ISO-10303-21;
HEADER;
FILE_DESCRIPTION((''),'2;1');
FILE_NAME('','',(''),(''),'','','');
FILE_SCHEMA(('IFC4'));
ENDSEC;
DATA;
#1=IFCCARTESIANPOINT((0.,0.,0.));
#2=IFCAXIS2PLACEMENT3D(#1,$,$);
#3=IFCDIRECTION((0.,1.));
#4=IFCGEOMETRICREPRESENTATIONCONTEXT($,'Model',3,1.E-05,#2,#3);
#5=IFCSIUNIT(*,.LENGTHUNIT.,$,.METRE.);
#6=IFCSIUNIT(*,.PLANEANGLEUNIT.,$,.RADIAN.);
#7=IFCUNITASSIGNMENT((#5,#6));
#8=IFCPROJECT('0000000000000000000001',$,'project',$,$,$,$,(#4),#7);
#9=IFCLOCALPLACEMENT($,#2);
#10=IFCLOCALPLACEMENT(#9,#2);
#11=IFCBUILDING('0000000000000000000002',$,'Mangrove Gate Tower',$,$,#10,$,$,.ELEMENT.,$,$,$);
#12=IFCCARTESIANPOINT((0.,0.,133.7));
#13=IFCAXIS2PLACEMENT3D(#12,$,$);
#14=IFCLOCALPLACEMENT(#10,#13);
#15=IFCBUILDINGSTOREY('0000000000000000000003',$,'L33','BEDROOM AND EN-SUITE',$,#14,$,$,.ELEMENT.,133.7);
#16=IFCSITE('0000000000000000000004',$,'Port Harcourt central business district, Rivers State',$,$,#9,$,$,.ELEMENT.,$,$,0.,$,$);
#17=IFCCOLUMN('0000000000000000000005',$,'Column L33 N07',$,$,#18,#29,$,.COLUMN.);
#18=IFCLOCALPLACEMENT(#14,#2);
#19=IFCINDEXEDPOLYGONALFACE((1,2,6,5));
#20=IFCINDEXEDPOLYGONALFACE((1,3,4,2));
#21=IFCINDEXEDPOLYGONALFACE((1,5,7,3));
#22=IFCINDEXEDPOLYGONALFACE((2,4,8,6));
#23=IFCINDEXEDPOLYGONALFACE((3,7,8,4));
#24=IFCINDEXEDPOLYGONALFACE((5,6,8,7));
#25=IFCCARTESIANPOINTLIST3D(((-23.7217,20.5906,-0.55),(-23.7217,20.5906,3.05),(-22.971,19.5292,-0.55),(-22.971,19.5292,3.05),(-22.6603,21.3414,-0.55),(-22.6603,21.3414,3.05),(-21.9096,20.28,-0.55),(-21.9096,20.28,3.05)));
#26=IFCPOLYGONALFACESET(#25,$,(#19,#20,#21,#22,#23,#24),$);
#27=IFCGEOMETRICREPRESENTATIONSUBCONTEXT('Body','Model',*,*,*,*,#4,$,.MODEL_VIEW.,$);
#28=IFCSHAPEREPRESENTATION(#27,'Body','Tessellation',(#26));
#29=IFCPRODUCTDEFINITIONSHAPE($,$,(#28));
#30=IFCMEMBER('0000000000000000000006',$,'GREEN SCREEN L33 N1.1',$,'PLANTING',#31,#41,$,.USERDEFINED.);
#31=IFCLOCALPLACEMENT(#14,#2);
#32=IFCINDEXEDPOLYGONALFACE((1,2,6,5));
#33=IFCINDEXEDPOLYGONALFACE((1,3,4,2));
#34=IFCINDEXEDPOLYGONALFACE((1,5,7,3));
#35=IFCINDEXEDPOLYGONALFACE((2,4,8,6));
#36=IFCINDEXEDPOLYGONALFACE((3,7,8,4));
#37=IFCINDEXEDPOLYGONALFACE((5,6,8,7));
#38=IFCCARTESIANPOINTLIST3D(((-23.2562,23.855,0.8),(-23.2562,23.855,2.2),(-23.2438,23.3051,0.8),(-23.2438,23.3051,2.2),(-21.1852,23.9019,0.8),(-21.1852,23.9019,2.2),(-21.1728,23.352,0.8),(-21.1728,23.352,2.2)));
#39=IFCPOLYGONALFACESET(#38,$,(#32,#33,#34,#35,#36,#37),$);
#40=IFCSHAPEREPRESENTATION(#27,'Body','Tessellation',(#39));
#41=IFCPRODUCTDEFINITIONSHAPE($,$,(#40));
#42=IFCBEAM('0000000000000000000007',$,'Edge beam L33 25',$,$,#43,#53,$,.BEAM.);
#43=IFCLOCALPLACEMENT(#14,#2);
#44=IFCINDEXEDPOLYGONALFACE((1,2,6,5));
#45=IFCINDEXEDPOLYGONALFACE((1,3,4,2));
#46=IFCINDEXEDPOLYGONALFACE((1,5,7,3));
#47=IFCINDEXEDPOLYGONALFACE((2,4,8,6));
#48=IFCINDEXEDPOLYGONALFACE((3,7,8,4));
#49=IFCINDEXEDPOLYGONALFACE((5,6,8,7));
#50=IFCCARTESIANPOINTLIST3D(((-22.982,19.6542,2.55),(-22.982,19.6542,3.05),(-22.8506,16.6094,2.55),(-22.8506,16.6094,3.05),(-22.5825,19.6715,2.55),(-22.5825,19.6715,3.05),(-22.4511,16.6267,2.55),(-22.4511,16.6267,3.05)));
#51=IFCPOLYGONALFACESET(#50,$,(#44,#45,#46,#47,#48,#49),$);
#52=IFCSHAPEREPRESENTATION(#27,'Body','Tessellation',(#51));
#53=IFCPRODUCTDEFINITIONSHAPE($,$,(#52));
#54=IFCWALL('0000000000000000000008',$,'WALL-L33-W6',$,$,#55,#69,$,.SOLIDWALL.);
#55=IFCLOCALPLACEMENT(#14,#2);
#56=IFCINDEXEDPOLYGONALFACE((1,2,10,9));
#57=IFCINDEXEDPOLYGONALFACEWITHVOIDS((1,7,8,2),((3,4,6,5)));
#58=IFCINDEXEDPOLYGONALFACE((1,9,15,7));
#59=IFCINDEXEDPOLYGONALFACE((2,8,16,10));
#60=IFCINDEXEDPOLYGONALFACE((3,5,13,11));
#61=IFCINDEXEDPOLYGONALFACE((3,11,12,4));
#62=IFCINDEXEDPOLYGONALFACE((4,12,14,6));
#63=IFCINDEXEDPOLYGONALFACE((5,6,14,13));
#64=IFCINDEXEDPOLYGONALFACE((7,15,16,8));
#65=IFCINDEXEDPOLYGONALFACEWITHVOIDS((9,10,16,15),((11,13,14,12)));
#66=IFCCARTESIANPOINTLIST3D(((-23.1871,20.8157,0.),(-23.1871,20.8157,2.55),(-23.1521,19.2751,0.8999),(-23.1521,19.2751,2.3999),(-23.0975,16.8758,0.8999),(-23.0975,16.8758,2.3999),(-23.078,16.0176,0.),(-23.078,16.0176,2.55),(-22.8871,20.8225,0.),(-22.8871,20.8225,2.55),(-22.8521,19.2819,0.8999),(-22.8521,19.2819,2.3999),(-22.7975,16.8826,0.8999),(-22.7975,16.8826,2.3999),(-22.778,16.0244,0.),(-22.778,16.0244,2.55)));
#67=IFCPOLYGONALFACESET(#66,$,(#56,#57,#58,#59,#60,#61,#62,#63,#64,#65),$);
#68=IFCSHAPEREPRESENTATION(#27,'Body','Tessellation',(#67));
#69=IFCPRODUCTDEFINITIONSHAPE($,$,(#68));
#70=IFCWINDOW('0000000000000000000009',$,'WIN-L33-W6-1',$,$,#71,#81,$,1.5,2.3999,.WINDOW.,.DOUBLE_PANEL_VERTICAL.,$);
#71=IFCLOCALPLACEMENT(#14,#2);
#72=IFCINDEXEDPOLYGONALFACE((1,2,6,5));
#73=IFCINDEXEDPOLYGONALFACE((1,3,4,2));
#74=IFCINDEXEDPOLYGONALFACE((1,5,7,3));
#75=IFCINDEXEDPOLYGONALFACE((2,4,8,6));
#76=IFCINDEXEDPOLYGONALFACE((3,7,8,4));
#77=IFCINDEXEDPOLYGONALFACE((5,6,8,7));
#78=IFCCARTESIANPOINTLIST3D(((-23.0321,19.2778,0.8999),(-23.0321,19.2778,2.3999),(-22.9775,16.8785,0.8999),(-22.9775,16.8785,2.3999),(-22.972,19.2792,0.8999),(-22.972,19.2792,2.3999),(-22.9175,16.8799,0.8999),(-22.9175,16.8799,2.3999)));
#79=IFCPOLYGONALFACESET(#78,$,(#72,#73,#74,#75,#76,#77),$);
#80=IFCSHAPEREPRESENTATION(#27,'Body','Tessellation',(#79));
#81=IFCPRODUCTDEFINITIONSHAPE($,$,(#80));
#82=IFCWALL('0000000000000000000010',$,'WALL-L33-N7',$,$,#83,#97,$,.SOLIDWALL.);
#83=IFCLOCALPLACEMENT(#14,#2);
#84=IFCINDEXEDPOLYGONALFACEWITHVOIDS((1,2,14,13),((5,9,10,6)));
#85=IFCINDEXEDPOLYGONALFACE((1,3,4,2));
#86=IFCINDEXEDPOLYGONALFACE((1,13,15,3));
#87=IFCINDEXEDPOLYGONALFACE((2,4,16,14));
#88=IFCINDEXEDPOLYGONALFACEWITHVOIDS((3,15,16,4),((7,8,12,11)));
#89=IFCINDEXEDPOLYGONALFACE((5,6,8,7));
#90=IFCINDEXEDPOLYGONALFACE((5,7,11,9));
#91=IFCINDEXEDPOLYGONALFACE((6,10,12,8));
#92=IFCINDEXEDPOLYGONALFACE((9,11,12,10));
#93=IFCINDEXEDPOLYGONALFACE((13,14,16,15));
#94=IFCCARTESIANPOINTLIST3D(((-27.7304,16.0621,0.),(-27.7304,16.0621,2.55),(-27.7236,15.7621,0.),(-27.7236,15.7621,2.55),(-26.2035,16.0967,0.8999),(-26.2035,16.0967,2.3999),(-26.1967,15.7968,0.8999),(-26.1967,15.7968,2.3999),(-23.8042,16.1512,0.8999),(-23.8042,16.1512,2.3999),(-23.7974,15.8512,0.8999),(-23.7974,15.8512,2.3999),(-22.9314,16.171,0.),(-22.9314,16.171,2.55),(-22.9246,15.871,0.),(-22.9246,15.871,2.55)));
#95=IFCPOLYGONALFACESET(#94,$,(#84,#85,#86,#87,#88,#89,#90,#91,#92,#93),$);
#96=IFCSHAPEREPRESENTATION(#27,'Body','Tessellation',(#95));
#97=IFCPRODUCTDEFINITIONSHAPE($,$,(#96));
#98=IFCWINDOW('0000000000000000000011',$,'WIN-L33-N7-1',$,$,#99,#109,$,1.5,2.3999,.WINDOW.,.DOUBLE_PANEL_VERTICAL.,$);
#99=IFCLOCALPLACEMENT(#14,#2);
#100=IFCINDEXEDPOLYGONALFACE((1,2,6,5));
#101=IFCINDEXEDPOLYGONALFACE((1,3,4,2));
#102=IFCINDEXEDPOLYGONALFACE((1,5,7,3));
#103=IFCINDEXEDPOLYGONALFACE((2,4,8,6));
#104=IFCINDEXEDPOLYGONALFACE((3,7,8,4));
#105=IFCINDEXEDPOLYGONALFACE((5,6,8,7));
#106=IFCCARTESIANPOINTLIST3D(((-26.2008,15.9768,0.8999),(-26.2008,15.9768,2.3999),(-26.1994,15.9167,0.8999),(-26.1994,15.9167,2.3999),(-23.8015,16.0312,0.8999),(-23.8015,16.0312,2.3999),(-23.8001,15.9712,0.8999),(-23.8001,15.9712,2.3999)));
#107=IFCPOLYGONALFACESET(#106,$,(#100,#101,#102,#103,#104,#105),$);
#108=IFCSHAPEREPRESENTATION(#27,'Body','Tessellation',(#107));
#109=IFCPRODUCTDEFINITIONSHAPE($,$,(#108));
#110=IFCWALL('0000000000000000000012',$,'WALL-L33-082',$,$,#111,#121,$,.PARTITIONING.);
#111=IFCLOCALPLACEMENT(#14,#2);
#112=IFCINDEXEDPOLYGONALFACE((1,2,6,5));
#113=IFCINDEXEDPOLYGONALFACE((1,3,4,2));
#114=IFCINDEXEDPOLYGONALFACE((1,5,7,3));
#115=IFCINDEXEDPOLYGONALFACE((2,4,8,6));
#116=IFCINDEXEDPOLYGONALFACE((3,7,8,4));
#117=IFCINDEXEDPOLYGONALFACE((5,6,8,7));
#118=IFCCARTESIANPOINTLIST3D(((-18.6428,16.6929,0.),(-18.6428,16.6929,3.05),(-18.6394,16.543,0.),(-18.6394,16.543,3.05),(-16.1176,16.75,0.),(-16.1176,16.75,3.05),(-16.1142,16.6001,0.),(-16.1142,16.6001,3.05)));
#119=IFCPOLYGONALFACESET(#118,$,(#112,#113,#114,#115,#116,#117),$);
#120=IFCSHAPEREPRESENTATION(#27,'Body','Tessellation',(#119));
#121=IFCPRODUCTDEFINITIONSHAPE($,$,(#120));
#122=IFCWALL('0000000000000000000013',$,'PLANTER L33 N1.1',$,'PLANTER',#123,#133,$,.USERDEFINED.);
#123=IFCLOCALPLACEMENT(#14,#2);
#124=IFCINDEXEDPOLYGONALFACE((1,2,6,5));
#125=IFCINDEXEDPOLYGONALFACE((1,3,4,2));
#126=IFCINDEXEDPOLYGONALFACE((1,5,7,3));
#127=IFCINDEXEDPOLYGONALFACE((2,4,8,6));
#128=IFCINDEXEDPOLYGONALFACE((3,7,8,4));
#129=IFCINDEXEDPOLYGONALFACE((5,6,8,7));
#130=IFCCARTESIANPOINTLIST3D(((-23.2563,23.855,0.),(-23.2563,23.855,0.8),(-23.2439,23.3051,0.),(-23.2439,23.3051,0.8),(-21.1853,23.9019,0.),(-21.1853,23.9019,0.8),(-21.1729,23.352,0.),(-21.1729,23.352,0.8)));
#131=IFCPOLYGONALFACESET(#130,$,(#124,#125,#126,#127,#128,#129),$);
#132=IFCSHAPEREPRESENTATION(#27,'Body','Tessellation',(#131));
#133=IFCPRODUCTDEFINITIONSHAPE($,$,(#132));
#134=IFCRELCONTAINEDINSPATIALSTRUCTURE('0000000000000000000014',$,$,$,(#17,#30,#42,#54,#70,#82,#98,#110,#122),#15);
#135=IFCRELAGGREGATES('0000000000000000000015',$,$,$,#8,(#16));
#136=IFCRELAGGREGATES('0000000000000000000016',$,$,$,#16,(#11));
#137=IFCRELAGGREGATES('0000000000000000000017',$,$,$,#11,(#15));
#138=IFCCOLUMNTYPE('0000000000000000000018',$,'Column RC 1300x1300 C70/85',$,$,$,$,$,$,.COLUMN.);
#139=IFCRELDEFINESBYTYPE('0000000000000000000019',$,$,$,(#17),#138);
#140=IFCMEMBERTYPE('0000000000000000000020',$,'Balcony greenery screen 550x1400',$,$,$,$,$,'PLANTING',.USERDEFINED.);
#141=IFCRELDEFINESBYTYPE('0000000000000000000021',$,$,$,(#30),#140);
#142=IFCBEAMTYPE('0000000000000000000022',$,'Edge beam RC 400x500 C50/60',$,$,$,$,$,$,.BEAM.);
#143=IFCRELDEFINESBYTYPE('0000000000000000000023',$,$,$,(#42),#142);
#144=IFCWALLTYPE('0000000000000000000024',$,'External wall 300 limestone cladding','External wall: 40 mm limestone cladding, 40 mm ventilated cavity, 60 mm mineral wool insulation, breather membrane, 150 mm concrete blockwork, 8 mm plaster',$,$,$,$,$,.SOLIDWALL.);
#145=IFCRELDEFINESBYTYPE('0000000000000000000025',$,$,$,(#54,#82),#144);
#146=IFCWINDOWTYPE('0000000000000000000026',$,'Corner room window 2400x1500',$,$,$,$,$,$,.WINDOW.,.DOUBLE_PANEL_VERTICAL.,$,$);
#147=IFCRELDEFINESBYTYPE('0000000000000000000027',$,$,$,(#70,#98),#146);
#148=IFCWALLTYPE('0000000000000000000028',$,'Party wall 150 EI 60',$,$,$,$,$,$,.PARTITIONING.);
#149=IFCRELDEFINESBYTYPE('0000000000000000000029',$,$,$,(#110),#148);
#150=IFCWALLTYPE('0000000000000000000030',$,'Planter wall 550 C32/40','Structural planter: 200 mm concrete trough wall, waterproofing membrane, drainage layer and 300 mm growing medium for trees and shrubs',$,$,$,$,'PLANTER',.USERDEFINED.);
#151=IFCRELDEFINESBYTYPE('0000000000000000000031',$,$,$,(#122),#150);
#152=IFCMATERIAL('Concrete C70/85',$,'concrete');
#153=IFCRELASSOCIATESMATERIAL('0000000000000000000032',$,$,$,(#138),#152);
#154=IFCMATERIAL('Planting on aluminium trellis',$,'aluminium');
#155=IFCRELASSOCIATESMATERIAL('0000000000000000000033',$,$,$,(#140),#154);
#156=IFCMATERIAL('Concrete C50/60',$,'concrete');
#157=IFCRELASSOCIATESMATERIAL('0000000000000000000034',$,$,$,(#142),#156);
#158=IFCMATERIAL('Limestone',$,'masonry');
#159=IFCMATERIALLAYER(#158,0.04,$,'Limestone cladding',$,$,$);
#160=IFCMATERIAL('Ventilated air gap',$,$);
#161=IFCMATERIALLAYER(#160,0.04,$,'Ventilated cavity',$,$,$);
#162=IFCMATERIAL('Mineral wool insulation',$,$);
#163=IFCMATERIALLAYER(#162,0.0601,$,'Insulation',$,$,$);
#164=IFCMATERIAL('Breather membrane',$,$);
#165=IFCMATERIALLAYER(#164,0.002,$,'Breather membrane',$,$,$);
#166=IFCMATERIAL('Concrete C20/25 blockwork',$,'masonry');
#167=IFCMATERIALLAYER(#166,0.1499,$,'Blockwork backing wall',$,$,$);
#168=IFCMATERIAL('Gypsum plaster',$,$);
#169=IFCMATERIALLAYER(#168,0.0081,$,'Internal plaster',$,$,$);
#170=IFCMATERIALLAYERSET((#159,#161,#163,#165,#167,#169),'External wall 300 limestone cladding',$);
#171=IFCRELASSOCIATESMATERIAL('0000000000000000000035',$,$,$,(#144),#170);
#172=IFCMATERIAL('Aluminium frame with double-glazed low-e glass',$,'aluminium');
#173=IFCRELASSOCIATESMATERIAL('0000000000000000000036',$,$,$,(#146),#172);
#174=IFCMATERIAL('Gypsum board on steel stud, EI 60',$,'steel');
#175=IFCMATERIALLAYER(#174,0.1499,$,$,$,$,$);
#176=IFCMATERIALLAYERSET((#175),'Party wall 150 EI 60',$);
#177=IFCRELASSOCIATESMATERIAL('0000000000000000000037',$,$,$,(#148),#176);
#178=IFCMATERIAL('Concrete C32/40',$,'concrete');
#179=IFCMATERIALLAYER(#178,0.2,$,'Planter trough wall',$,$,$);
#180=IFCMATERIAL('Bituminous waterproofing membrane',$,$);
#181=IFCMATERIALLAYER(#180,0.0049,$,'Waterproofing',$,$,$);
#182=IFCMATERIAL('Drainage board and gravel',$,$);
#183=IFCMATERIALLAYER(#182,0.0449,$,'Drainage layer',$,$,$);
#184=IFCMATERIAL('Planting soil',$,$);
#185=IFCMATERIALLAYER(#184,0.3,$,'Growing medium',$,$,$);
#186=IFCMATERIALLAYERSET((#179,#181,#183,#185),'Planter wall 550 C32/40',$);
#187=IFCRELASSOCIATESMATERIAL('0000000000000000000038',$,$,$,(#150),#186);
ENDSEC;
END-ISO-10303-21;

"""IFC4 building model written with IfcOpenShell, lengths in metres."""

from ifc_helpers import new_model, si_unit, direction, frame, frame_2d, origin, origin_2d, place, context, subcontext, project, spatial, rectangle, extrude, material, layer, layer_set, material_profile, profile_set, type_object, element, fill, save


model = new_model("IFC4")

# Units and contexts
model_context = context("Model", 3, precision=1e-05, world=origin(), true_north=direction((0.0, 1.0)))
body_context = subcontext(model_context, "Body", "Model", "MODEL_VIEW")
ifc_project = project(units=[si_unit("LENGTHUNIT", "METRE"), si_unit("PLANEANGLEUNIT", "RADIAN")], contexts=[model_context])

# Site, building, storey
site_placement = place(None, origin())
site = spatial("IfcSite", under=ifc_project, at=site_placement, Name="Port Harcourt central business district, Rivers State", CompositionType="ELEMENT", RefElevation=0.0)
building_placement = place(site_placement, origin())
building = spatial("IfcBuilding", under=site, at=building_placement, Name="Mangrove Gate Tower", CompositionType="ELEMENT")
storey_placement = place(building_placement, frame((0.0, 0.0, 133.7)))
storey = spatial("IfcBuildingStorey", under=building, at=storey_placement, Name="L33", Description="BEDROOM AND EN-SUITE", CompositionType="ELEMENT", Elevation=133.7)

# Column
ifc_material_1 = material(Name="Concrete C70/85", Category="concrete")
ifc_material_profile_1 = material_profile(ifc_material_1, rectangle(XDim=1.3, YDim=1.3, at=origin_2d()))
ifc_profile_set_1 = profile_set([ifc_material_profile_1], Name="Concrete C70/85")
column_type = type_object("IfcColumnType", Name="Column RC 1300x1300 C70/85", PredefinedType="COLUMN", material=ifc_profile_set_1)
column_placement = place(storey_placement, frame((-22.8157, 20.4353, -0.55), z_axis=(0.0, 0.0, 1.0), x_axis=(-0.816422, -0.577455, 0.0)))
element("IfcColumn", 1, at=column_placement, inside=storey, type_object=column_type, Name="Column L33 N07", PredefinedType="COLUMN", context=body_context, shape_type="SweptSolid", body=[
    extrude(rectangle(XDim=1.3, YDim=1.3, at=origin_2d()), origin(), (0.0, 0.0, 1.0), 3.6001),
])

# Member
ifc_material_2 = material(Name="Planting on aluminium trellis", Category="aluminium")
ifc_material_profile_2 = material_profile(ifc_material_2, rectangle(XDim=0.55, YDim=1.3999, at=origin_2d()))
ifc_profile_set_2 = profile_set([ifc_material_profile_2], Name="Planting on aluminium trellis")
member_type = type_object("IfcMemberType", Name="Balcony greenery screen 550x1400", ElementType="PLANTING", PredefinedType="USERDEFINED", material=ifc_profile_set_2)
member_placement = place(storey_placement, frame((-23.25, 23.5801, 1.5), z_axis=(0.999744, 0.022628, 0.0), x_axis=(-0.022628, 0.999744, 0.0)))
element("IfcMember", 2, at=member_placement, inside=storey, type_object=member_type, Name="GREEN SCREEN L33 N1.1", ObjectType="PLANTING", PredefinedType="USERDEFINED", context=body_context, shape_type="SweptSolid", body=[
    extrude(rectangle(XDim=0.55, YDim=1.3999, at=origin_2d()), origin(), (0.0, 0.0, 1.0), 2.0715),
])

# Beam
ifc_material_3 = material(Name="Concrete C50/60", Category="concrete")
ifc_material_profile_3 = material_profile(ifc_material_3, rectangle(XDim=0.3999, YDim=0.5, at=origin_2d()))
ifc_profile_set_3 = profile_set([ifc_material_profile_3], Name="Concrete C50/60")
beam_type = type_object("IfcBeamType", Name="Edge beam RC 400x500 C50/60", PredefinedType="BEAM", material=ifc_profile_set_3)
beam_placement = place(storey_placement, frame((-22.7822, 19.6628, 2.8), z_axis=(0.0431, -0.999071, 0.0), x_axis=(0.999071, 0.0431, 0.0)))
element("IfcBeam", 3, at=beam_placement, inside=storey, type_object=beam_type, Name="Edge beam L33 25", PredefinedType="BEAM", context=body_context, shape_type="SweptSolid", body=[
    extrude(rectangle(XDim=0.3999, YDim=0.5, at=origin_2d()), origin(), (0.0, 0.0, 1.0), 3.0476),
])

# Walls, openings, windows
ifc_material_4 = material(Name="Limestone", Category="masonry")
ifc_layer_1 = layer(ifc_material_4, 0.04, Name="Limestone cladding")
ifc_material_5 = material(Name="Ventilated air gap")
ifc_layer_2 = layer(ifc_material_5, 0.04, Name="Ventilated cavity")
ifc_material_6 = material(Name="Mineral wool insulation")
ifc_layer_3 = layer(ifc_material_6, 0.0601, Name="Insulation")
ifc_material_7 = material(Name="Breather membrane")
ifc_layer_4 = layer(ifc_material_7, 0.002, Name="Breather membrane")
ifc_material_8 = material(Name="Concrete C20/25 blockwork", Category="masonry")
ifc_layer_5 = layer(ifc_material_8, 0.1499, Name="Blockwork backing wall")
ifc_material_9 = material(Name="Gypsum plaster")
ifc_layer_6 = layer(ifc_material_9, 0.0081, Name="Internal plaster")
ifc_layer_set_1 = layer_set([ifc_layer_1, ifc_layer_2, ifc_layer_3, ifc_layer_4, ifc_layer_5, ifc_layer_6], Name="External wall 300 limestone cladding")
wall_type_1 = type_object("IfcWallType", Name="External wall 300 limestone cladding", Description="External wall: 40 mm limestone cladding, 40 mm ventilated cavity, 60 mm mineral wool insulation, breather membrane, 150 mm concrete blockwork, 8 mm plaster", PredefinedType="SOLIDWALL", material=ifc_layer_set_1)
wall_1_placement = place(storey_placement, frame((-23.0371, 20.8191, 0.0), z_axis=(0.0, 0.0, 1.0), x_axis=(0.022739, -0.999741, 0.0)))
wall_1 = element("IfcWall", 4, at=wall_1_placement, inside=storey, type_object=wall_type_1, Name="WALL-L33-W6", PredefinedType="SOLIDWALL", context=body_context, shape_type="SweptSolid", body=[
    extrude(rectangle(XDim=4.7993, YDim=0.3, at=frame_2d((2.3997, 0.0))), origin(), (0.0, 0.0, 1.0), 2.55),
])
opening_1_placement = place(wall_1_placement, frame((1.541, 0.0, 0.8999)))
opening_1 = element("IfcOpeningElement", 5, at=opening_1_placement, cuts=wall_1, PredefinedType="OPENING", context=body_context, shape_type="SweptSolid", body=[
    extrude(rectangle(XDim=2.3999, YDim=1.5, at=frame_2d((1.2, 0.75))), frame((0.0, 0.1599, 0.0), z_axis=(0.0, -1.0, 0.0), x_axis=(1.0, 0.0, 0.0)), (0.0, 0.0, 1.0), 0.3201),
])
ifc_material_10 = material(Name="Aluminium frame with double-glazed low-e glass", Category="aluminium")
window_type_1 = type_object("IfcWindowType", Name="Corner room window 2400x1500", PartitioningType="DOUBLE_PANEL_VERTICAL", PredefinedType="WINDOW", material=ifc_material_10)
window_1_placement = place(opening_1_placement, origin())
window_1 = element("IfcWindow", 6, at=window_1_placement, inside=storey, type_object=window_type_1, Name="WIN-L33-W6-1", OverallHeight=1.5, OverallWidth=2.3999, PartitioningType="DOUBLE_PANEL_VERTICAL", PredefinedType="WINDOW", context=body_context, shape_type="SweptSolid", body=[
    extrude(rectangle(XDim=2.3999, YDim=1.5, at=frame_2d((1.2, 0.75))), frame((0.0, 0.03, 0.0), z_axis=(0.0, -1.0, 0.0), x_axis=(1.0, 0.0, 0.0)), (0.0, 0.0, 1.0), 0.0601),
])
fill(opening_1, window_1)
wall_2_placement = place(storey_placement, frame((-22.928, 16.021, 0.0), z_axis=(0.0, 0.0, 1.0), x_axis=(-0.999743, -0.022683, 0.0)))
wall_2 = element("IfcWall", 7, at=wall_2_placement, inside=storey, type_object=wall_type_1, Name="WALL-L33-N7", PredefinedType="SOLIDWALL", context=body_context, shape_type="SweptSolid", body=[
    extrude(rectangle(XDim=4.8003, YDim=0.3, at=frame_2d((2.4001, 0.0))), origin(), (0.0, 0.0, 1.0), 2.55),
])
opening_2_placement = place(wall_2_placement, frame((0.873, 0.0, 0.8999)))
opening_2 = element("IfcOpeningElement", 8, at=opening_2_placement, cuts=wall_2, PredefinedType="OPENING", context=body_context, shape_type="SweptSolid", body=[
    extrude(rectangle(XDim=2.3999, YDim=1.5, at=frame_2d((1.2, 0.75))), frame((0.0, 0.1599, 0.0), z_axis=(0.0, -1.0, 0.0), x_axis=(1.0, 0.0, 0.0)), (0.0, 0.0, 1.0), 0.3201),
])
window_2_placement = place(opening_2_placement, origin())
window_2 = element("IfcWindow", 9, at=window_2_placement, inside=storey, type_object=window_type_1, Name="WIN-L33-N7-1", OverallHeight=1.5, OverallWidth=2.3999, PartitioningType="DOUBLE_PANEL_VERTICAL", PredefinedType="WINDOW", context=body_context, shape_type="SweptSolid", body=[
    extrude(rectangle(XDim=2.3999, YDim=1.5, at=frame_2d((1.2, 0.75))), frame((0.0, 0.03, 0.0), z_axis=(0.0, -1.0, 0.0), x_axis=(1.0, 0.0, 0.0)), (0.0, 0.0, 1.0), 0.0601),
])
fill(opening_2, window_2)

# Walls
ifc_material_11 = material(Name="Gypsum board on steel stud, EI 60", Category="steel")
ifc_layer_7 = layer(ifc_material_11, 0.1499)
ifc_layer_set_2 = layer_set([ifc_layer_7], Name="Party wall 150 EI 60")
wall_type_2 = type_object("IfcWallType", Name="Party wall 150 EI 60", PredefinedType="PARTITIONING", material=ifc_layer_set_2)
wall_3_placement = place(storey_placement, frame((-18.6411, 16.6179, 0.0), z_axis=(0.0, 0.0, 1.0), x_axis=(0.999744, 0.022618, 0.0)))
element("IfcWall", 10, at=wall_3_placement, inside=storey, type_object=wall_type_2, Name="WALL-L33-082", PredefinedType="PARTITIONING", context=body_context, shape_type="SweptSolid", body=[
    extrude(rectangle(XDim=2.5259, YDim=0.1499, at=frame_2d((1.2629, 0.0))), origin(), (0.0, 0.0, 1.0), 3.05),
])
ifc_material_12 = material(Name="Concrete C32/40", Category="concrete")
ifc_layer_8 = layer(ifc_material_12, 0.2, Name="Planter trough wall")
ifc_material_13 = material(Name="Bituminous waterproofing membrane")
ifc_layer_9 = layer(ifc_material_13, 0.0049, Name="Waterproofing")
ifc_material_14 = material(Name="Drainage board and gravel")
ifc_layer_10 = layer(ifc_material_14, 0.0449, Name="Drainage layer")
ifc_material_15 = material(Name="Planting soil")
ifc_layer_11 = layer(ifc_material_15, 0.3, Name="Growing medium")
ifc_layer_set_3 = layer_set([ifc_layer_8, ifc_layer_9, ifc_layer_10, ifc_layer_11], Name="Planter wall 550 C32/40")
wall_type_3 = type_object("IfcWallType", Name="Planter wall 550 C32/40", Description="Structural planter: 200 mm concrete trough wall, waterproofing membrane, drainage layer and 300 mm growing medium for trees and shrubs", ElementType="PLANTER", PredefinedType="USERDEFINED", material=ifc_layer_set_3)
wall_4_placement = place(storey_placement, frame((-23.25, 23.5801, 0.0), z_axis=(0.0, 0.0, 1.0), x_axis=(0.999744, 0.022628, 0.0)))
element("IfcWall", 11, at=wall_4_placement, inside=storey, type_object=wall_type_3, Name="PLANTER L33 N1.1", ObjectType="PLANTER", PredefinedType="USERDEFINED", context=body_context, shape_type="SweptSolid", body=[
    extrude(rectangle(XDim=2.0715, YDim=0.55, at=frame_2d((1.0356, 0.0))), origin(), (0.0, 0.0, 1.0), 0.8),
])

save(model, "model.ifc")
